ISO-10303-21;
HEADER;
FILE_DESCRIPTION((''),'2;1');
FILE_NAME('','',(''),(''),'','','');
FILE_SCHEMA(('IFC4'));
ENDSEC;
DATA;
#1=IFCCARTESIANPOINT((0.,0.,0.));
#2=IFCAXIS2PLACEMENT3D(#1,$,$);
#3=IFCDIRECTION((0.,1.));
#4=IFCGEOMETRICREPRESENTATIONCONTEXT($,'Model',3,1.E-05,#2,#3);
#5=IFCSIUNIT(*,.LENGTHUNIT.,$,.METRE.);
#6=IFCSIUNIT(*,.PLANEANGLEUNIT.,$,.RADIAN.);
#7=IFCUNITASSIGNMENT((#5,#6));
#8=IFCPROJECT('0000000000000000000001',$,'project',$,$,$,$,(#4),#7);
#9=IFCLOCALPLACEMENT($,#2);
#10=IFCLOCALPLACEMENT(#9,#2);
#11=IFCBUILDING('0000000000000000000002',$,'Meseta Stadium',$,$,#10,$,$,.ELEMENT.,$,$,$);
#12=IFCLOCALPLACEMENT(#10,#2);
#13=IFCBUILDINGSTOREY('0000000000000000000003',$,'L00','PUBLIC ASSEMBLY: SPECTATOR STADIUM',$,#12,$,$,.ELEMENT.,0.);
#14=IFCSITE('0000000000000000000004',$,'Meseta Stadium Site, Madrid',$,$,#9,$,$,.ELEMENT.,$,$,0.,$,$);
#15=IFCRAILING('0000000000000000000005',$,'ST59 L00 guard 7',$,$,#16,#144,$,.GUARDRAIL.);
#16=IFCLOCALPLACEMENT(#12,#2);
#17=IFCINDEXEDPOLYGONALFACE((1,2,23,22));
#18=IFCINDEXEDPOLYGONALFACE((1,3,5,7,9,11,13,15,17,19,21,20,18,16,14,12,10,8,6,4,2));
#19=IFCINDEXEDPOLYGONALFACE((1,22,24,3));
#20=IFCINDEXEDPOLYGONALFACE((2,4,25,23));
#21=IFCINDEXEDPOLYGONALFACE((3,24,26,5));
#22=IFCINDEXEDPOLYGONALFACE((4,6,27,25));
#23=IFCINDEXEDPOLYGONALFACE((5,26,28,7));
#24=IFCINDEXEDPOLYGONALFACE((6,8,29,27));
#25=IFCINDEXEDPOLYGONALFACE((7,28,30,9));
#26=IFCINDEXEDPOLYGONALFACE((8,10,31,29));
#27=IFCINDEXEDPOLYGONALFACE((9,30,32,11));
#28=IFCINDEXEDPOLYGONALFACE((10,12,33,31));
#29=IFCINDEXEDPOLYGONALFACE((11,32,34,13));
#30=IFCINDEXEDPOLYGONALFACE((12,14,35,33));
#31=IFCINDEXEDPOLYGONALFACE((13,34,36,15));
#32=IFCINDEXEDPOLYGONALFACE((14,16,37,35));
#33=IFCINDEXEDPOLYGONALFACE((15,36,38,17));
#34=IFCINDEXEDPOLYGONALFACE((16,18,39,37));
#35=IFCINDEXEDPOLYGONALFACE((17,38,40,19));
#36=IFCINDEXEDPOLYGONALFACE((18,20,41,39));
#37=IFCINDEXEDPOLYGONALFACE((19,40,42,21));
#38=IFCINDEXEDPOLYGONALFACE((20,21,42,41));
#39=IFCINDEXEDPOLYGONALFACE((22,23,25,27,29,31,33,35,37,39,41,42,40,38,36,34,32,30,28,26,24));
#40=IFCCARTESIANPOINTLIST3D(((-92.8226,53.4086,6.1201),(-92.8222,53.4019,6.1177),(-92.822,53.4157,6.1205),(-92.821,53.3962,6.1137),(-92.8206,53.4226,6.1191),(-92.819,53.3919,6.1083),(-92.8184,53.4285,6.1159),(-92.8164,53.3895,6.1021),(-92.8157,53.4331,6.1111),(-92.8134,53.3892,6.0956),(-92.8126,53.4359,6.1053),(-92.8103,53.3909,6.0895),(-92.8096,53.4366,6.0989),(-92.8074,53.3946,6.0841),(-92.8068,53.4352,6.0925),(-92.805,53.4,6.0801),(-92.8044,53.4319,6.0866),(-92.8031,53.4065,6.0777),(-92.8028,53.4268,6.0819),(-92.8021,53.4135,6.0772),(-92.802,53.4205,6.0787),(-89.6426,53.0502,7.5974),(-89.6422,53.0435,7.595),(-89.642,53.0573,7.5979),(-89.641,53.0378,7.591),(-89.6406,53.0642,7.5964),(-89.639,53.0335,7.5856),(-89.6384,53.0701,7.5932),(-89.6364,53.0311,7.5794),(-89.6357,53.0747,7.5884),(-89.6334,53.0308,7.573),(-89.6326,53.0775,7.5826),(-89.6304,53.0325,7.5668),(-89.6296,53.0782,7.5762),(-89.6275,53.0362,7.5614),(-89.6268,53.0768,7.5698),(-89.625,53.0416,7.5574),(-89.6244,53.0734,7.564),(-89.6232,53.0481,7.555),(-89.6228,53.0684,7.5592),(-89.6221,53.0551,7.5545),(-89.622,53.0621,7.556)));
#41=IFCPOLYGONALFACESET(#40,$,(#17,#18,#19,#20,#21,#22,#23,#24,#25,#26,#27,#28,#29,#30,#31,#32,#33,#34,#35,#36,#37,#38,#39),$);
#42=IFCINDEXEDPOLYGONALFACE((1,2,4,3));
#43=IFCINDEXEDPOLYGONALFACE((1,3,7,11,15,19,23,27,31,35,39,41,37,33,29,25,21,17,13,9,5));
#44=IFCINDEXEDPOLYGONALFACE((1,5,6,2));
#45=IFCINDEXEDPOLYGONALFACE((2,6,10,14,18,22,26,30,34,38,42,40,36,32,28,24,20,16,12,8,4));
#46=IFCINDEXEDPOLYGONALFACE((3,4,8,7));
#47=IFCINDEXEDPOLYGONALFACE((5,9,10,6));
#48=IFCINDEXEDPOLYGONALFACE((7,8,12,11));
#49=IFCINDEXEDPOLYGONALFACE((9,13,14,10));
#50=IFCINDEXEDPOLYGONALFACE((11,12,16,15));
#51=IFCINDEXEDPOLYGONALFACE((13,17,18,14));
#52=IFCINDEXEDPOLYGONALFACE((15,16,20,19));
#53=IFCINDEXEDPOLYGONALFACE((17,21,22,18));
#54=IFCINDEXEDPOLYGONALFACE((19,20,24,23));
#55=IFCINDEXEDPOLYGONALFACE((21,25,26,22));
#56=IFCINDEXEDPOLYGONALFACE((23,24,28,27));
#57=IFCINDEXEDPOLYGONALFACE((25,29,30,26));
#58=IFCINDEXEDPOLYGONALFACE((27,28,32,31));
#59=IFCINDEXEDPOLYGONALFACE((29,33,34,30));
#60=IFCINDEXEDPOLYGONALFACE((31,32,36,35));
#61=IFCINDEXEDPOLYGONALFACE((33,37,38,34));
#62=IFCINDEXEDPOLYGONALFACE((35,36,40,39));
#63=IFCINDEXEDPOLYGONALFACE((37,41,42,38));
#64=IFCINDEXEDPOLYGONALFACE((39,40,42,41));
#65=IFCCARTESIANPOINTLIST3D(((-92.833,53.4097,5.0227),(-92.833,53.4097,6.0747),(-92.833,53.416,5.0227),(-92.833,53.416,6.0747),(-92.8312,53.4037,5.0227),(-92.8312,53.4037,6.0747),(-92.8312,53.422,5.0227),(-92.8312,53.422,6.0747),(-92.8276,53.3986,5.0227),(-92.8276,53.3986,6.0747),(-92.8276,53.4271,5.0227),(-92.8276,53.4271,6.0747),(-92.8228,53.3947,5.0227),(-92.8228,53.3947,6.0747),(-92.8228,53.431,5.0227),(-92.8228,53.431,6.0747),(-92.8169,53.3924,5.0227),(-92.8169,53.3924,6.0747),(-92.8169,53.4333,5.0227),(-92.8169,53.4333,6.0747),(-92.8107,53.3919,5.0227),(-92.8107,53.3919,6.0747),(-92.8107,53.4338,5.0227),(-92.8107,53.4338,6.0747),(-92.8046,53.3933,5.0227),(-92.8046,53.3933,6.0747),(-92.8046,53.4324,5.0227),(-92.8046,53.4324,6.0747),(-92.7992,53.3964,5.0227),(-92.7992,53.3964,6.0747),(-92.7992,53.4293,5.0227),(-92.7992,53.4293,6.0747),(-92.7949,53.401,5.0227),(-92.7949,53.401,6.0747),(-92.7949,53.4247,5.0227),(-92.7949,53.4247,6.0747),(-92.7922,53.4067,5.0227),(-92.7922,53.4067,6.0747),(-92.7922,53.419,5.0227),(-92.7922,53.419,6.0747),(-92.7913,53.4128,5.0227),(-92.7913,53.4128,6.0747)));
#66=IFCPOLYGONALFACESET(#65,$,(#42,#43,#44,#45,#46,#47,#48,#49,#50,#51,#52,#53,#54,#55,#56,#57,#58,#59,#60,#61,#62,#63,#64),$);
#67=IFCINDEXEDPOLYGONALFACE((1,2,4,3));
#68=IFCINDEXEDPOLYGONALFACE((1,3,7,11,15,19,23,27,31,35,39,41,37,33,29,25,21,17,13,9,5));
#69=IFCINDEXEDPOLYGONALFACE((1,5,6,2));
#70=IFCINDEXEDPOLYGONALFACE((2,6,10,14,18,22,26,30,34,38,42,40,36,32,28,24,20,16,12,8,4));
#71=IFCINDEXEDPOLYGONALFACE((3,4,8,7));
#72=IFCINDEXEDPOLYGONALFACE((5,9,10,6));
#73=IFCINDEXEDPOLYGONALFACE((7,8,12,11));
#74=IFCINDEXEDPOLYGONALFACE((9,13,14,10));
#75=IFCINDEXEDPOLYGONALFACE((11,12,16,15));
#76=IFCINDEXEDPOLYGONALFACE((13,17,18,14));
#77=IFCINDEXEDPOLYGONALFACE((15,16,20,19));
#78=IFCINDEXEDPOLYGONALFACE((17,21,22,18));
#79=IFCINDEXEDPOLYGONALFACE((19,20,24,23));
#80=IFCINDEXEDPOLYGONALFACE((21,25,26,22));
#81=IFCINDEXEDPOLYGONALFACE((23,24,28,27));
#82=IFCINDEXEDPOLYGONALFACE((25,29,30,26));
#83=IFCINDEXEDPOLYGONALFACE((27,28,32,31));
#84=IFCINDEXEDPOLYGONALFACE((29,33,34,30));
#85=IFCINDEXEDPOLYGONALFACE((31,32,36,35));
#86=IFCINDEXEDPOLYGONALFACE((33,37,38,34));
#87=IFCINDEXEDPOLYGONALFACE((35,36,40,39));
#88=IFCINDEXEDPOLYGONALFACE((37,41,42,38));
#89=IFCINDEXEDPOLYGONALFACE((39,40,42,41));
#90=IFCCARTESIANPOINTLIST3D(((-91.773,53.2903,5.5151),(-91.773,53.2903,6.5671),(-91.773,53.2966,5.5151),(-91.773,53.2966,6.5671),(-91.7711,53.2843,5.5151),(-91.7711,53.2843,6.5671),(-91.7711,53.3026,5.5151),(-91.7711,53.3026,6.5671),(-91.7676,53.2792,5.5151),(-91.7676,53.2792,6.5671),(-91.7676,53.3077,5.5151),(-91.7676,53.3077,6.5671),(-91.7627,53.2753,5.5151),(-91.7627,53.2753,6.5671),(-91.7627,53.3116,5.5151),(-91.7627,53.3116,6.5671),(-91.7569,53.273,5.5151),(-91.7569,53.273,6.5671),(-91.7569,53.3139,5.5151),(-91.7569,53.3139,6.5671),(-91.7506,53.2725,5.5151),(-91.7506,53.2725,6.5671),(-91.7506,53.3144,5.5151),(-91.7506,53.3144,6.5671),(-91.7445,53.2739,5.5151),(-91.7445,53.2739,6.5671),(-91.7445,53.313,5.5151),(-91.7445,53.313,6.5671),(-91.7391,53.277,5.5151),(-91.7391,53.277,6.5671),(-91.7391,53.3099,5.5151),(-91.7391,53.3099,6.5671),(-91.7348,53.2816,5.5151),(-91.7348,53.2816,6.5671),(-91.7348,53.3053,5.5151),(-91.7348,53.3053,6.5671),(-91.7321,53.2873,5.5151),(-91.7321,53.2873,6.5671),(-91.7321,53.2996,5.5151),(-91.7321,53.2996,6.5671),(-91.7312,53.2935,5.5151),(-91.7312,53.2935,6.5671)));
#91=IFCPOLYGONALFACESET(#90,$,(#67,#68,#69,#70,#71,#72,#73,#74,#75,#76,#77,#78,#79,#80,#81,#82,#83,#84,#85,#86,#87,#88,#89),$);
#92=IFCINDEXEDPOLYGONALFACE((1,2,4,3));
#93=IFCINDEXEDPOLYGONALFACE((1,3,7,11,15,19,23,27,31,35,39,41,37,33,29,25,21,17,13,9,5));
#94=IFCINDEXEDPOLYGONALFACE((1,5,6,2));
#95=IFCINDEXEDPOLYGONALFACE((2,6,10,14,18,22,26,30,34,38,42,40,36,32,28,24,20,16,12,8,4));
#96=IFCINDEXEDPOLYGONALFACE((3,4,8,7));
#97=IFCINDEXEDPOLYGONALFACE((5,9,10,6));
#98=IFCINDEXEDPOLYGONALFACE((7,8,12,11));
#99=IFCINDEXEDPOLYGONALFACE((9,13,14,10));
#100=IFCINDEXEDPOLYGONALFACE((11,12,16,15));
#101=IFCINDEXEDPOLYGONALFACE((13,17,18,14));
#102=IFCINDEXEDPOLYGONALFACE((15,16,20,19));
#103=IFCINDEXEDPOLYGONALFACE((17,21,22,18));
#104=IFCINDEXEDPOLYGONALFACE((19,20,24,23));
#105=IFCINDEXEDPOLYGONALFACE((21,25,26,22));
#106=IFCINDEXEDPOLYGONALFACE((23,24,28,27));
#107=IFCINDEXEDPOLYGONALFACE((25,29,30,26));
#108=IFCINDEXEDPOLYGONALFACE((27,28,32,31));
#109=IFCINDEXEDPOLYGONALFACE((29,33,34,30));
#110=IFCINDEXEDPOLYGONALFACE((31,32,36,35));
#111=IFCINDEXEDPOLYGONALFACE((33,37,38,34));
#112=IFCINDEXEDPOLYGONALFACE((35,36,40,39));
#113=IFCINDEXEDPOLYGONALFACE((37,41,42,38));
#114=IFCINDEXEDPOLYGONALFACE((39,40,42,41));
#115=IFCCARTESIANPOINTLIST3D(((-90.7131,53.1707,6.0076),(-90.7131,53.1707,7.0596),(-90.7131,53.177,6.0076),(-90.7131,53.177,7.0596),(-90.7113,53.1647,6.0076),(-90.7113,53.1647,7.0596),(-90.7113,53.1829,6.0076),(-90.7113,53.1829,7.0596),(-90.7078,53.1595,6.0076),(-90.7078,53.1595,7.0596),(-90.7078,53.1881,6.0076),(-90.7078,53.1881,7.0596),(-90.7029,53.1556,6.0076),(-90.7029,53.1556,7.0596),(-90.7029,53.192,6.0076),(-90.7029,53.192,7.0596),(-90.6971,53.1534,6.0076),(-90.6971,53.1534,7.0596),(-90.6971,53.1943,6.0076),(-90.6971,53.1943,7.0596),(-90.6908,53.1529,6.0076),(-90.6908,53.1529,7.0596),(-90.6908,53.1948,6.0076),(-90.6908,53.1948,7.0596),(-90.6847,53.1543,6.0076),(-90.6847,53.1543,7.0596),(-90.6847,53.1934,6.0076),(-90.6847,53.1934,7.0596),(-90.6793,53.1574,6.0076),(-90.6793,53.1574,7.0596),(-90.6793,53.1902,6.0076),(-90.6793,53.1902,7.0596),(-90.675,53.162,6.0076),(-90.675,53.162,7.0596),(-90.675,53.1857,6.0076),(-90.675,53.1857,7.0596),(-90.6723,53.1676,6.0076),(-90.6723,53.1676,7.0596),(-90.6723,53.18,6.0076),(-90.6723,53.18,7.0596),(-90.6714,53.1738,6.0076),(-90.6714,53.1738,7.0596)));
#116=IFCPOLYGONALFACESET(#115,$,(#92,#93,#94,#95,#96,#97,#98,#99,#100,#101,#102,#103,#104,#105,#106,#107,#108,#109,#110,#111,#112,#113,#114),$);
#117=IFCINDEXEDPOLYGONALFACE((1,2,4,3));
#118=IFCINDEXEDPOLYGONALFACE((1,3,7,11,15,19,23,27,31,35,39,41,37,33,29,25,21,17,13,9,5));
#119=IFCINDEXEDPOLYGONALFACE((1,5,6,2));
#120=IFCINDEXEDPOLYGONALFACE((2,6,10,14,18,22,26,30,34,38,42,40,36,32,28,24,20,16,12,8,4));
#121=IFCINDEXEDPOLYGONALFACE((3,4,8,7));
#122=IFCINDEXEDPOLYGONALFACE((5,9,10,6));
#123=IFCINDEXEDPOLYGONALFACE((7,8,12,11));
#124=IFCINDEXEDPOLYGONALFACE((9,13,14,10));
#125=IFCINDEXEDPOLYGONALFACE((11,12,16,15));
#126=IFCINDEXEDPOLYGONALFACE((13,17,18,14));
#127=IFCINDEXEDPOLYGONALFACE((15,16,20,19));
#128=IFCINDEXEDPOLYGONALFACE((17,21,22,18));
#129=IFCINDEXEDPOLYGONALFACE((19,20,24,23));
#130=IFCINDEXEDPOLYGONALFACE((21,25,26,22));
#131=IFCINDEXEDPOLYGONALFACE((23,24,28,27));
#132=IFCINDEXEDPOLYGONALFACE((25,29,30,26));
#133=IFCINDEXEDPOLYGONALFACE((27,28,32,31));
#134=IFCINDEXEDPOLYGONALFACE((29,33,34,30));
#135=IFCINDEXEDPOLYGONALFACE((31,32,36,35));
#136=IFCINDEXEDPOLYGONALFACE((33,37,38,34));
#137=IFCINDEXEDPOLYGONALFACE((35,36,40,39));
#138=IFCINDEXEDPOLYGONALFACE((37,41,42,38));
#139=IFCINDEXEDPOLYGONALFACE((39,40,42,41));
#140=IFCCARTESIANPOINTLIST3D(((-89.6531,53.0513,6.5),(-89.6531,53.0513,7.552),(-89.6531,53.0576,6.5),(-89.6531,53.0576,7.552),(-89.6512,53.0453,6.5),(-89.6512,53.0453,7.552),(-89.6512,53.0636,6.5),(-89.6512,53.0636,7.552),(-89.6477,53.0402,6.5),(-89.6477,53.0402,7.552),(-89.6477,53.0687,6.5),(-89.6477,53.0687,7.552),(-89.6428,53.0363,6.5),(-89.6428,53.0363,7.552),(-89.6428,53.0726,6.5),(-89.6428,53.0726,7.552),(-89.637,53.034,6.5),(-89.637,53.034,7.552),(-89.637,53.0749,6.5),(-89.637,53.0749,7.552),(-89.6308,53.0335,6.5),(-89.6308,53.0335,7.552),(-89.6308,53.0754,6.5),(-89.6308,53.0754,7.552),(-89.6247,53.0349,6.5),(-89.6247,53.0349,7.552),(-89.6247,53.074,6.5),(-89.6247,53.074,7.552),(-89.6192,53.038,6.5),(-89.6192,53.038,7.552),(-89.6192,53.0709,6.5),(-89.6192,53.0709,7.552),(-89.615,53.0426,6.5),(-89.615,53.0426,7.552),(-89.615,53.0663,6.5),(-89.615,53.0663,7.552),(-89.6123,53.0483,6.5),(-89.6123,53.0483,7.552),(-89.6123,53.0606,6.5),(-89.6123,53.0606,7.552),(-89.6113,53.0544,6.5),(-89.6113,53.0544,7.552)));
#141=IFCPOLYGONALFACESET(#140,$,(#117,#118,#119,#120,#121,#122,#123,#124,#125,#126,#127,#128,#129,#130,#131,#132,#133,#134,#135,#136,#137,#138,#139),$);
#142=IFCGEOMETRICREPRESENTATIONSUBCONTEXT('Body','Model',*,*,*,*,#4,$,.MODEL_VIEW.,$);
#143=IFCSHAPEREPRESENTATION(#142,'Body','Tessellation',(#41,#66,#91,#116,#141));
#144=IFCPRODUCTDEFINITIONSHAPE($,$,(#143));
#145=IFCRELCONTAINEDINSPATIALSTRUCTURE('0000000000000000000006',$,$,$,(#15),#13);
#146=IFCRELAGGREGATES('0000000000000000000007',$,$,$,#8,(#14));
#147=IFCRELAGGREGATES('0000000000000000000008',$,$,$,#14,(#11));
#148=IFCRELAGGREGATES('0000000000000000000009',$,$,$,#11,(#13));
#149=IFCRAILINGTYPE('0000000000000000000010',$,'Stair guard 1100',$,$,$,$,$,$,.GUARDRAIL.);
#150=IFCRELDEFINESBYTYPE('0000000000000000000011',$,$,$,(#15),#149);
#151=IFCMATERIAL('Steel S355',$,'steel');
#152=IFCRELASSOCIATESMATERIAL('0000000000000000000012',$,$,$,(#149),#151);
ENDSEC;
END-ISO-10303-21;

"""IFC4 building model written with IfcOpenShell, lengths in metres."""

from ifc_helpers import new_model, si_unit, direction, frame, origin, origin_2d, place, context, subcontext, project, spatial, circle, extrude, material, type_object, element, save


model = new_model("IFC4")

# Units and contexts
model_context = context("Model", 3, precision=1e-05, world=origin(), true_north=direction((0.0, 1.0)))
body_context = subcontext(model_context, "Body", "Model", "MODEL_VIEW")
ifc_project = project(units=[si_unit("LENGTHUNIT", "METRE"), si_unit("PLANEANGLEUNIT", "RADIAN")], contexts=[model_context])

# Site, building, storey
site_placement = place(None, origin())
site = spatial("IfcSite", under=ifc_project, at=site_placement, Name="Meseta Stadium Site, Madrid", CompositionType="ELEMENT", RefElevation=0.0)
building_placement = place(site_placement, origin())
building = spatial("IfcBuilding", under=site, at=building_placement, Name="Meseta Stadium", CompositionType="ELEMENT")
storey_placement = place(building_placement, origin())
storey = spatial("IfcBuildingStorey", under=building, at=storey_placement, Name="L00", Description="PUBLIC ASSEMBLY: SPECTATOR STADIUM", CompositionType="ELEMENT", Elevation=0.0)

# Railing
ifc_material_1 = material(Name="Steel S355", Category="steel")
railing_type_1 = type_object("IfcRailingType", Name="Stair guard 1100", PredefinedType="GUARDRAIL", material=ifc_material_1)
railing_1_placement = place(storey_placement, frame((-92.8123, 53.4128, 5.0227)))
element("IfcRailing", 1, at=railing_1_placement, inside=storey, type_object=railing_type_1, Name="ST59 L00 guard 7", PredefinedType="GUARDRAIL", context=body_context, shape_type="SweptSolid", body=[
    extrude(circle(Radius=0.0239, at=origin_2d()), frame((0.0, 0.0, 1.0762), z_axis=(0.90221, -0.101685, 0.419138), x_axis=(0.111997, 0.993709, 0.0)), (0.0, 0.0, 1.0), 3.5247),
    extrude(circle(Radius=0.021, at=origin_2d()), origin(), (0.0, 0.0, 1.0), 1.052),
    extrude(circle(Radius=0.021, at=origin_2d()), frame((1.0601, -0.1194, 0.4924)), (0.0, 0.0, 1.0), 1.052),
    extrude(circle(Radius=0.021, at=origin_2d()), frame((2.1199, -0.239, 0.9849)), (0.0, 0.0, 1.0), 1.052),
    extrude(circle(Radius=0.021, at=origin_2d()), frame((3.1799, -0.3584, 1.4773)), (0.0, 0.0, 1.0), 1.052),
])

save(model, "model.ifc")
